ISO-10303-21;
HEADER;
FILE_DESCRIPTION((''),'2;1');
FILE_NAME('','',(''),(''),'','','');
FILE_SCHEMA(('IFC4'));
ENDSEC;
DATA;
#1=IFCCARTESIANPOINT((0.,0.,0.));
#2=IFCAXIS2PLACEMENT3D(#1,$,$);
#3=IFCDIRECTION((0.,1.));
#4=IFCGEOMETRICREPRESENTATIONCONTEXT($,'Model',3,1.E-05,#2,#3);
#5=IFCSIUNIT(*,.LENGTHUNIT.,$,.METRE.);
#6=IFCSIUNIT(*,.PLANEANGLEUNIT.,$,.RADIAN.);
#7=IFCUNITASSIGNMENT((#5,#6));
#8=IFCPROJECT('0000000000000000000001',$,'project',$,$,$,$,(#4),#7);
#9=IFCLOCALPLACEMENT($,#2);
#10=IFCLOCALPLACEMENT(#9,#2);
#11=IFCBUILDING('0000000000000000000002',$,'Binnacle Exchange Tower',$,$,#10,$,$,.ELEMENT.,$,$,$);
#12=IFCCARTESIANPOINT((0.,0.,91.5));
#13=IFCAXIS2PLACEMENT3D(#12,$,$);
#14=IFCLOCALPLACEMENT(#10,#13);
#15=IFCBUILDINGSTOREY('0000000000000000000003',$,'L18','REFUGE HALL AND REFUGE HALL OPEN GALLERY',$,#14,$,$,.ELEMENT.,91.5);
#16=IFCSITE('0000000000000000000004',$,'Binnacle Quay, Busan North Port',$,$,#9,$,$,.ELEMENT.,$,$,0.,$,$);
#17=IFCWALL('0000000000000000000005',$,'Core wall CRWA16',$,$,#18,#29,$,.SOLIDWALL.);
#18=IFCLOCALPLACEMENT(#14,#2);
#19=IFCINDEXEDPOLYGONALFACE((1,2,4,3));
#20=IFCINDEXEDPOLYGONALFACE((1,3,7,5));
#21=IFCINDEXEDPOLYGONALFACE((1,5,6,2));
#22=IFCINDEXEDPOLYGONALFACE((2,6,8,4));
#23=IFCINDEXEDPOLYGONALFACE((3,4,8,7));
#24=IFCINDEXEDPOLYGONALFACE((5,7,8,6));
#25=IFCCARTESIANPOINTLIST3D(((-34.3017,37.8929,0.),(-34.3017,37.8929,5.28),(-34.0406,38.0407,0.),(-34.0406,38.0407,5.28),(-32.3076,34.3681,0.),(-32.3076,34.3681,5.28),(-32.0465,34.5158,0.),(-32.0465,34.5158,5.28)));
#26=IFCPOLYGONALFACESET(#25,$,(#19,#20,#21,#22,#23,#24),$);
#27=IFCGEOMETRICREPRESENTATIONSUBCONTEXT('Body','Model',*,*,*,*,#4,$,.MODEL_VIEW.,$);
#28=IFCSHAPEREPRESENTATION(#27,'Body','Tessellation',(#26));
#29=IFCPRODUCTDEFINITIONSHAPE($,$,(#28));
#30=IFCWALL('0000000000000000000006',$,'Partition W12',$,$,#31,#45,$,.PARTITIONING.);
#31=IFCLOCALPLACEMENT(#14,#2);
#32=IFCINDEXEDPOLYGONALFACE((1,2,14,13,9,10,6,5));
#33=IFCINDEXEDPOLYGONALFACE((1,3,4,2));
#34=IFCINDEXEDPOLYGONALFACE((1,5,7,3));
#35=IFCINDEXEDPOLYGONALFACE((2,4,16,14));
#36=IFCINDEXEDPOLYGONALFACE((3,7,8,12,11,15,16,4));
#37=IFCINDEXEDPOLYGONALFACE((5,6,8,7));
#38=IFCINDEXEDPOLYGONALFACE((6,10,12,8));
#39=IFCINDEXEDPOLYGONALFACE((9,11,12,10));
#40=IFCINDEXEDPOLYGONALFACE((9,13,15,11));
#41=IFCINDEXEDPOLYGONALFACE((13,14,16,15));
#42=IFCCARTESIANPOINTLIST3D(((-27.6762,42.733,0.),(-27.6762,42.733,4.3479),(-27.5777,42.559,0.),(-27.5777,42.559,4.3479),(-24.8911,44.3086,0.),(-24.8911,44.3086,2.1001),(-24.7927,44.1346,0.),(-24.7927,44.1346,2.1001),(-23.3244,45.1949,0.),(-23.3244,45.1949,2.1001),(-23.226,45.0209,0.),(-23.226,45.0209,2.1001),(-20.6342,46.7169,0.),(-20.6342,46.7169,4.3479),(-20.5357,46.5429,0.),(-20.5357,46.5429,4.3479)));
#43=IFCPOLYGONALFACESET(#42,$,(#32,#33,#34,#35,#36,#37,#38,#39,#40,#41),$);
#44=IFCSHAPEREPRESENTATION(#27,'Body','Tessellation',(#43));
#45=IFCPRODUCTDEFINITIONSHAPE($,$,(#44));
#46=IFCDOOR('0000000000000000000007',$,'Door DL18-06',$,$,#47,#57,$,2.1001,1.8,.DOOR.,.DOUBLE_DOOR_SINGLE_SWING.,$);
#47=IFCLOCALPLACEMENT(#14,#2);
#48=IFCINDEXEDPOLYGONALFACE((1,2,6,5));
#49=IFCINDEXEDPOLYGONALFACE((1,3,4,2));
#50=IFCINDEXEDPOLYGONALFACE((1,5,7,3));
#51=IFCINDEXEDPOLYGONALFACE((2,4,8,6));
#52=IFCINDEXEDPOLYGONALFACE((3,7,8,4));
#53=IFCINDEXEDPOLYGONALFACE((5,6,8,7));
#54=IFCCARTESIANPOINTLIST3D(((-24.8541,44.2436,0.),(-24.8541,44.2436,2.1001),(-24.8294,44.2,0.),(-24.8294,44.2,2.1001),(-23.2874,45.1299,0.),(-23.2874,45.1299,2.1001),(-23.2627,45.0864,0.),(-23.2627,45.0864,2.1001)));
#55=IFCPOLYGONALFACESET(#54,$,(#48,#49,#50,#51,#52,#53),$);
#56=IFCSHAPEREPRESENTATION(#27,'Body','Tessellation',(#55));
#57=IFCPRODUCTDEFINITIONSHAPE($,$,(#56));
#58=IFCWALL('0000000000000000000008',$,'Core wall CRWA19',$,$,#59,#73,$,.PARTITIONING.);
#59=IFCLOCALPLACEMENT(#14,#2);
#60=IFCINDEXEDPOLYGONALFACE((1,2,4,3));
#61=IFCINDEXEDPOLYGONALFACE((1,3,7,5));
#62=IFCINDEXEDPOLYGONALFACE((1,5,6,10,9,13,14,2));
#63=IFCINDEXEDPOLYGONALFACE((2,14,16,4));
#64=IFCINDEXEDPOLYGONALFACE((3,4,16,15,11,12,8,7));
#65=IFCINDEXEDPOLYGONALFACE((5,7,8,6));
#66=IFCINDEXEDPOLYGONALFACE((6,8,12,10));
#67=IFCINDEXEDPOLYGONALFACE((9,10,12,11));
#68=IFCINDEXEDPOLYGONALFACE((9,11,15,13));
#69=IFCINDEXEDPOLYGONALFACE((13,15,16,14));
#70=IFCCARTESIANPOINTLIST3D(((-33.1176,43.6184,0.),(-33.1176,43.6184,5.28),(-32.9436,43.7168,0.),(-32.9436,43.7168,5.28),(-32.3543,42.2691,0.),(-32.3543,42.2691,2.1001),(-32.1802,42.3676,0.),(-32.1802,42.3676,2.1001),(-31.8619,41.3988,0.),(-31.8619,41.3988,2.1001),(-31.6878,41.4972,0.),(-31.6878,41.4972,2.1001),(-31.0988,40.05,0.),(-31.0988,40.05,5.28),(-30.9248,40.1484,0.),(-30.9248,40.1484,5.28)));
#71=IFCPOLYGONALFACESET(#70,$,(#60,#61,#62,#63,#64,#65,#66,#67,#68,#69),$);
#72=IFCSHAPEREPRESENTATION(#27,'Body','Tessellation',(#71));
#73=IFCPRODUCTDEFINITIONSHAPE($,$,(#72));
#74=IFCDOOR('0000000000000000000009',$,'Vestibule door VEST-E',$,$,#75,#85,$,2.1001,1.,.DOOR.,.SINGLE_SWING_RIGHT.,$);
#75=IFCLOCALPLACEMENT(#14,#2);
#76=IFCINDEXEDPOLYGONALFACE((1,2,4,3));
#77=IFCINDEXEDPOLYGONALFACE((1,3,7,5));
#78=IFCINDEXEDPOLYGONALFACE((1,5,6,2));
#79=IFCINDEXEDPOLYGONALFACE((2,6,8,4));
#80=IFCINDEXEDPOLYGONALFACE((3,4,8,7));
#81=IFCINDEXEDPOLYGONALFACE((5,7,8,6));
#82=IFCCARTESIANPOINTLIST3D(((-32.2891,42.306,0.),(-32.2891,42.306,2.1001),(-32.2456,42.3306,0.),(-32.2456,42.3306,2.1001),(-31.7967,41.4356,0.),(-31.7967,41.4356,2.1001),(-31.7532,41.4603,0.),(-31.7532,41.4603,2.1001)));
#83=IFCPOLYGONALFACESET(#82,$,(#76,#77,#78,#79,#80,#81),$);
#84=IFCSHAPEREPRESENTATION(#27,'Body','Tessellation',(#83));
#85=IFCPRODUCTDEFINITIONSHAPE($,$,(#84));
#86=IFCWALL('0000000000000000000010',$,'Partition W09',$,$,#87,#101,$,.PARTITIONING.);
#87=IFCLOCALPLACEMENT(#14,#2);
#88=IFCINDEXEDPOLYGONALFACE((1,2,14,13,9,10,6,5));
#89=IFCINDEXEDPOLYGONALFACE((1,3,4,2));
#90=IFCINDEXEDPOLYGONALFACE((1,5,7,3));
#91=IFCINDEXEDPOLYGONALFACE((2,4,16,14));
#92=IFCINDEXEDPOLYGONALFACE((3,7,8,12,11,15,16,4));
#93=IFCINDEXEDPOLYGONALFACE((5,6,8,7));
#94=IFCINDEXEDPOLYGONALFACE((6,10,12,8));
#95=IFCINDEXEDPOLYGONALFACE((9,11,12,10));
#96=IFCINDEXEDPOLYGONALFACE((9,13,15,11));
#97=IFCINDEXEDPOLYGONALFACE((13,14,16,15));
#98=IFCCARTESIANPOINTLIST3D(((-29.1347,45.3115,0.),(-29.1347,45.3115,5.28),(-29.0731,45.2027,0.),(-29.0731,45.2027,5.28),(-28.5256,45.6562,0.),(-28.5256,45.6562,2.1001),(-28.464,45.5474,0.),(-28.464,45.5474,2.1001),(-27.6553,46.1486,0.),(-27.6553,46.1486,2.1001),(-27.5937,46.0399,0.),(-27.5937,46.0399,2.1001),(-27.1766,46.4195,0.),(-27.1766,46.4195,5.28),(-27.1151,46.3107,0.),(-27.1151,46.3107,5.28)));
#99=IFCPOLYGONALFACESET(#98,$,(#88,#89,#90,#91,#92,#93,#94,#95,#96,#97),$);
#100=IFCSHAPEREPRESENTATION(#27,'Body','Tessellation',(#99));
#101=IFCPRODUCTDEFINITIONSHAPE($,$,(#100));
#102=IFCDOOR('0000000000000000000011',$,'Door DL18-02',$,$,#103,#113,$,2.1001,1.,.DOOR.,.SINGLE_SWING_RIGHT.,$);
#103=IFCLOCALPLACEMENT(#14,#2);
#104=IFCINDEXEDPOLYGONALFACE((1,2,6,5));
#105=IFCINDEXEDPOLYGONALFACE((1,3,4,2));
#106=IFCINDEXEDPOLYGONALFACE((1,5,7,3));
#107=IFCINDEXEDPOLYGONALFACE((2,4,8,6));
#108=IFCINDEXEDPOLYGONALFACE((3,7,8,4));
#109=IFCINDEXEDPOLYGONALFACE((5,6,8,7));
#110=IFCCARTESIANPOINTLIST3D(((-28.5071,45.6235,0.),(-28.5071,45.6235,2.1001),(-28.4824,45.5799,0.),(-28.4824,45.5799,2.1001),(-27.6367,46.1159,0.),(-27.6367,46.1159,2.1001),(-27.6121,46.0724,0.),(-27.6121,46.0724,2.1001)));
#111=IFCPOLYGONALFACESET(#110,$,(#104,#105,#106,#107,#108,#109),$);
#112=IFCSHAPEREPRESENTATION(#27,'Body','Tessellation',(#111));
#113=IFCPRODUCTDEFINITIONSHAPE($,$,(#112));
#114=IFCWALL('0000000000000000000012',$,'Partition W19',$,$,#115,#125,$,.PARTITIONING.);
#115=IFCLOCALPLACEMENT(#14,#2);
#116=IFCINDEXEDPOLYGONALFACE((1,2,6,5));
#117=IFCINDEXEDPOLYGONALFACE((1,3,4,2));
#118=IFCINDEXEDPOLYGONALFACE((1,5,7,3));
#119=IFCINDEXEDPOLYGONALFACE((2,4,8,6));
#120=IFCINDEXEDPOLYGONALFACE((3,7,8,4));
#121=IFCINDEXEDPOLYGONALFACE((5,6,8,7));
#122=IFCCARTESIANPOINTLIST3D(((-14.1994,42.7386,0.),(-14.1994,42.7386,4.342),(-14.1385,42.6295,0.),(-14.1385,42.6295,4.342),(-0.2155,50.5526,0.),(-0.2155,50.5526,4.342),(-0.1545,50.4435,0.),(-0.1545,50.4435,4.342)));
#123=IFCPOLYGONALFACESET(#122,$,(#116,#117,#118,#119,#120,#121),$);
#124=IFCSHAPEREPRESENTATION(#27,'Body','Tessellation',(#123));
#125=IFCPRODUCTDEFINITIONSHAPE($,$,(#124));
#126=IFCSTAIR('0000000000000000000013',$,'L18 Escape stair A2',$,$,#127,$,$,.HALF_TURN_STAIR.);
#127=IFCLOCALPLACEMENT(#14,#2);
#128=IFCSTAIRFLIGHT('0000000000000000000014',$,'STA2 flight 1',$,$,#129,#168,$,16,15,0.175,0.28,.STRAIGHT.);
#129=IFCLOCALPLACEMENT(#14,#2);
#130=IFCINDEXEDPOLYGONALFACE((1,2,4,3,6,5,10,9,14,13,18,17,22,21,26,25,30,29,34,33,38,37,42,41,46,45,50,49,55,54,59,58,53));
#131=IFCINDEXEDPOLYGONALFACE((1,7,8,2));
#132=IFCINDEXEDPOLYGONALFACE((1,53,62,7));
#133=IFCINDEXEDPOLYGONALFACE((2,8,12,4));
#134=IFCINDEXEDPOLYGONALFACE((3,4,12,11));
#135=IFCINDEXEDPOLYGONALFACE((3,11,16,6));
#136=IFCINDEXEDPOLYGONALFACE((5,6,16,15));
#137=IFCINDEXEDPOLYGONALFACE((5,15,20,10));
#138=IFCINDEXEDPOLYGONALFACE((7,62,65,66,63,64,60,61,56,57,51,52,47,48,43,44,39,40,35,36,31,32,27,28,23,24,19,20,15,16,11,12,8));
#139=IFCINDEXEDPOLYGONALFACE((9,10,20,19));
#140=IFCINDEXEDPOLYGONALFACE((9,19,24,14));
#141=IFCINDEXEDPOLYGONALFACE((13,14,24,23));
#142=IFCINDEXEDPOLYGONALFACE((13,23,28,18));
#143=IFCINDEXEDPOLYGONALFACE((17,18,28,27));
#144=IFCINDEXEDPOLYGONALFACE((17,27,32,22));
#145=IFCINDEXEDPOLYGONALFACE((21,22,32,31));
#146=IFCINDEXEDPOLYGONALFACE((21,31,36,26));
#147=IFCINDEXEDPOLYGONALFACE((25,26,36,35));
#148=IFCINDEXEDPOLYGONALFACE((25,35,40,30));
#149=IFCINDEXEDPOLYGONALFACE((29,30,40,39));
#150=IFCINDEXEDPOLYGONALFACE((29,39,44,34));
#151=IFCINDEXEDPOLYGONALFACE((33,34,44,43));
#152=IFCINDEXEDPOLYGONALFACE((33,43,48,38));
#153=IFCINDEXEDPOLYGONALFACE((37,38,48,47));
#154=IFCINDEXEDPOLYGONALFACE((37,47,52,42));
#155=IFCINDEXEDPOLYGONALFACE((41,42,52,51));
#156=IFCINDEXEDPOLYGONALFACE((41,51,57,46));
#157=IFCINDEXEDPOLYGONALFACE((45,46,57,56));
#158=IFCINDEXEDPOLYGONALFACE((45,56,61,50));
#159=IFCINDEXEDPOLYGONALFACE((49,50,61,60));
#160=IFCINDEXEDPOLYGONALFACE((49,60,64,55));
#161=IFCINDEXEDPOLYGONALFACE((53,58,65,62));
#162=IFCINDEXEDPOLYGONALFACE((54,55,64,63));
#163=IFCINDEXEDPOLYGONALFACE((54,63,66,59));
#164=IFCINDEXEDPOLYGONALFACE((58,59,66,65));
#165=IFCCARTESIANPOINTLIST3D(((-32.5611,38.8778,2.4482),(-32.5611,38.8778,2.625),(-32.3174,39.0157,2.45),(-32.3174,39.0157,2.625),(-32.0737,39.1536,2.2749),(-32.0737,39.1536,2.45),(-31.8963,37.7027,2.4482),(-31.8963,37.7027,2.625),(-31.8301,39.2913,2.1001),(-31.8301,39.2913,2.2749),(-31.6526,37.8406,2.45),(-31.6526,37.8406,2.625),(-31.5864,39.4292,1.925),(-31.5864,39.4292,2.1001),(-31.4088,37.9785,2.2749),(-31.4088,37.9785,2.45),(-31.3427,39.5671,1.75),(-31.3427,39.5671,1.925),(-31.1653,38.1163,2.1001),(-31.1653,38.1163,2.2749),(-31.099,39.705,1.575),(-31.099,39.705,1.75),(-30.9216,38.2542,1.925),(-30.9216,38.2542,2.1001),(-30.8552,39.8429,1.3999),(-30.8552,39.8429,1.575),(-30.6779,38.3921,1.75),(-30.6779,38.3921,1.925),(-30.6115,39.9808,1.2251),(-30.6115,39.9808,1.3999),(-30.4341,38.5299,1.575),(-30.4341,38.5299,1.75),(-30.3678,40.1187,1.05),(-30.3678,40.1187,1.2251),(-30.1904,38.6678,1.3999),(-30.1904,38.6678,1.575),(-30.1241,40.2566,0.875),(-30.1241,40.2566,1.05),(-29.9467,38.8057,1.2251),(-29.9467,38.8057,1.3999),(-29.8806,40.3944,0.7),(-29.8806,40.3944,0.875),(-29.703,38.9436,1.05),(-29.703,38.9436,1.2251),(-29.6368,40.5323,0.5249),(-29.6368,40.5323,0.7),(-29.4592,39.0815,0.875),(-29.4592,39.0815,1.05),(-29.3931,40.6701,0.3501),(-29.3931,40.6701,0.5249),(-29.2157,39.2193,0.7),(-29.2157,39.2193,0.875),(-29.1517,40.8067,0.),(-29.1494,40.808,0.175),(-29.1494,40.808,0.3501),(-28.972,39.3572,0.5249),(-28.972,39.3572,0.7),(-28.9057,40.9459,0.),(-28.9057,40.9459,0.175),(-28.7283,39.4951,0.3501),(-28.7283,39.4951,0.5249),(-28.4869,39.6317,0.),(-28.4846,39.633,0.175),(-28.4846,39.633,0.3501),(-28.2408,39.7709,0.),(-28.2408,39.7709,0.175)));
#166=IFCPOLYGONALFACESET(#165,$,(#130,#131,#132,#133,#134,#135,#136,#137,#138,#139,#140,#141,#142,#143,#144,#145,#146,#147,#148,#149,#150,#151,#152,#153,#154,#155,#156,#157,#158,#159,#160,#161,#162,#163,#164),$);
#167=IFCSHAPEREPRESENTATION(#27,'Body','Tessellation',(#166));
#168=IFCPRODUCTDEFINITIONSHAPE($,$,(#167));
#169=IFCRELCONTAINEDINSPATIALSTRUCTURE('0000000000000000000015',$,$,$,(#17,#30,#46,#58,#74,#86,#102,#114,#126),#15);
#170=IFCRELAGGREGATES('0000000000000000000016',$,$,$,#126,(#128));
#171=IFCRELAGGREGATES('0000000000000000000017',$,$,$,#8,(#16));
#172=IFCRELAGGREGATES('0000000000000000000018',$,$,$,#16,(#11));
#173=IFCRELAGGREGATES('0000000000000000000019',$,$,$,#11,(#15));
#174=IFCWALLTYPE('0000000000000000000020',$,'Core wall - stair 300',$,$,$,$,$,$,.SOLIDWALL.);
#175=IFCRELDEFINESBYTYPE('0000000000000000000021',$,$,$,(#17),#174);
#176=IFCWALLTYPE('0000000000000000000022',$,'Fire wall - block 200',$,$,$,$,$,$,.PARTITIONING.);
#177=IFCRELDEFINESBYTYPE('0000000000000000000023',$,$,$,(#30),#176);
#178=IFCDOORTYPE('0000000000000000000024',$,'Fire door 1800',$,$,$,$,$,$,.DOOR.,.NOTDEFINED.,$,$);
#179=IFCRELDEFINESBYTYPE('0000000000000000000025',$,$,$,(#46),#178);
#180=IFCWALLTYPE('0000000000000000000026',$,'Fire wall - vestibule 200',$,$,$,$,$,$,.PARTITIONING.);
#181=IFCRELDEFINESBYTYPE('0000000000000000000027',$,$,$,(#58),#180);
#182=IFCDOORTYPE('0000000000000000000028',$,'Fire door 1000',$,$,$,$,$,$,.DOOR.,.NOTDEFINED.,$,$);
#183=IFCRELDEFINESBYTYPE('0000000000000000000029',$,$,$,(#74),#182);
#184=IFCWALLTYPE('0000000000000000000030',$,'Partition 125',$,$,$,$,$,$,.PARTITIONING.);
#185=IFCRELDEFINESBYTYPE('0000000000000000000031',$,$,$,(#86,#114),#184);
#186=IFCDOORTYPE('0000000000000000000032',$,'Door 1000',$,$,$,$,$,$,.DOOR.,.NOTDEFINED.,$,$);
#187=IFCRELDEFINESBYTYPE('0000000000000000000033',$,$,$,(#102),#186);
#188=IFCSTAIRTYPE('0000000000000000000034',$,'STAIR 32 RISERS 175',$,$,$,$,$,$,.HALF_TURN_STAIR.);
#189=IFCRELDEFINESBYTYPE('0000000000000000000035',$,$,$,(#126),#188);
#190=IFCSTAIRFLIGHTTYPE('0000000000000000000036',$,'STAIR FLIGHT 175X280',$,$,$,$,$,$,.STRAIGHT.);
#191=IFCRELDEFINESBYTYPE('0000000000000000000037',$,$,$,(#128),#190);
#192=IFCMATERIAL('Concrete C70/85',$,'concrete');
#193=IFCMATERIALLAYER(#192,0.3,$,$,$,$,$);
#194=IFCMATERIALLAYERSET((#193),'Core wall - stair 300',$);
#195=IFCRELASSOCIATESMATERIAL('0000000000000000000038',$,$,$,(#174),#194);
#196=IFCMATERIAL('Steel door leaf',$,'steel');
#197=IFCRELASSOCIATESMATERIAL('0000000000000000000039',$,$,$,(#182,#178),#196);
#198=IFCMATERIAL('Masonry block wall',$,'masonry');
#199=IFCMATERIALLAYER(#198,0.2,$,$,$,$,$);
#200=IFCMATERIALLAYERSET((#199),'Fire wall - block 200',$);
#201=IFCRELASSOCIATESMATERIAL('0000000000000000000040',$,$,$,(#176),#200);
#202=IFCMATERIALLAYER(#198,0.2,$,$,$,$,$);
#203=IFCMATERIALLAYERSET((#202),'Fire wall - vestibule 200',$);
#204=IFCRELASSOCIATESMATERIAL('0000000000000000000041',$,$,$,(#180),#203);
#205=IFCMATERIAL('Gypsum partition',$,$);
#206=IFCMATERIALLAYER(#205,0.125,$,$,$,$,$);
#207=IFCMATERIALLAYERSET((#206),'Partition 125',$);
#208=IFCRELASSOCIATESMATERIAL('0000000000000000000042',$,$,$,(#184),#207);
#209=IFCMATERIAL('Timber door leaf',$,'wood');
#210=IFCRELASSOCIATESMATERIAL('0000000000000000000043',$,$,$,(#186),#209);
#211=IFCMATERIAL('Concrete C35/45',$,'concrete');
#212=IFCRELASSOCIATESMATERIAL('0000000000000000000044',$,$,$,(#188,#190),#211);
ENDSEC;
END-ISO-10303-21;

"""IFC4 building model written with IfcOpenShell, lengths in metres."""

from ifc_helpers import new_model, si_unit, direction, frame, frame_2d, origin, place, context, subcontext, project, spatial, polyline, rectangle, outline, extrude, material, layer, layer_set, type_object, element, fill, aggregate, save


model = new_model("IFC4")

# Units and contexts
model_context = context("Model", 3, precision=1e-05, world=origin(), true_north=direction((0.0, 1.0)))
body_context = subcontext(model_context, "Body", "Model", "MODEL_VIEW")
ifc_project = project(units=[si_unit("LENGTHUNIT", "METRE"), si_unit("PLANEANGLEUNIT", "RADIAN")], contexts=[model_context])

# Site, building, storey
site_placement = place(None, origin())
site = spatial("IfcSite", under=ifc_project, at=site_placement, Name="Binnacle Quay, Busan North Port", CompositionType="ELEMENT", RefElevation=0.0)
building_placement = place(site_placement, origin())
building = spatial("IfcBuilding", under=site, at=building_placement, Name="Binnacle Exchange Tower", CompositionType="ELEMENT")
storey_placement = place(building_placement, frame((0.0, 0.0, 91.5)))
storey = spatial("IfcBuildingStorey", under=building, at=storey_placement, Name="L18", Description="REFUGE HALL AND REFUGE HALL OPEN GALLERY", CompositionType="ELEMENT", Elevation=91.5)

# Shared definitions
ifc_material_1 = material(Name="Concrete C70/85", Category="concrete")

# Shared definitions
ifc_material_2 = material(Name="Steel door leaf", Category="steel")

# Shared definitions
ifc_layer_1 = layer(ifc_material_1, 0.3)
ifc_layer_set_1 = layer_set([ifc_layer_1], Name="Core wall - stair 300")
wall_type_1 = type_object("IfcWallType", Name="Core wall - stair 300", PredefinedType="SOLIDWALL", material=ifc_layer_set_1)
door_type_1 = type_object("IfcDoorType", Name="Fire door 1000", OperationType="NOTDEFINED", PredefinedType="DOOR", material=ifc_material_2)

# Wall
wall_1_placement = place(storey_placement, frame((-34.1711, 37.9668, 0.0), z_axis=(0.0, 0.0, 1.0), x_axis=(0.492395, -0.870372, 0.0)))
element("IfcWall", 1, at=wall_1_placement, inside=storey, type_object=wall_type_1, Name="Core wall CRWA16", PredefinedType="SOLIDWALL", context=body_context, shape_type="SweptSolid", body=[
    extrude(rectangle(XDim=4.0498, YDim=0.3, at=frame_2d((2.0249, 0.0))), origin(), (0.0, 0.0, 1.0), 5.28),
])

# Walls, openings, doors
ifc_material_3 = material(Name="Masonry block wall", Category="masonry")
ifc_layer_2 = layer(ifc_material_3, 0.2)
ifc_layer_set_2 = layer_set([ifc_layer_2], Name="Fire wall - block 200")
wall_type_2 = type_object("IfcWallType", Name="Fire wall - block 200", PredefinedType="PARTITIONING", material=ifc_layer_set_2)
wall_2_placement = place(storey_placement, frame((-27.627, 42.646, 0.0), z_axis=(0.0, 0.0, 1.0), x_axis=(0.870371, 0.492397, 0.0)))
wall_2 = element("IfcWall", 2, at=wall_2_placement, inside=storey, type_object=wall_type_2, Name="Partition W12", PredefinedType="PARTITIONING", context=body_context, shape_type="SweptSolid", body=[
    extrude(rectangle(XDim=8.0908, YDim=0.2, at=frame_2d((4.0454, 0.0))), origin(), (0.0, 0.0, 1.0), 4.3479),
])
opening_1_placement = place(wall_2_placement, frame((3.2, 0.0, 0.0)))
opening_1 = element("IfcOpeningElement", 3, at=opening_1_placement, cuts=wall_2, PredefinedType="OPENING", context=body_context, shape_type="SweptSolid", body=[
    extrude(rectangle(XDim=1.8, YDim=2.1001, at=frame_2d((0.8999, 1.05))), frame((0.0, 0.1099, 0.0), z_axis=(0.0, -1.0, 0.0), x_axis=(1.0, 0.0, 0.0)), (0.0, 0.0, 1.0), 0.22),
])
door_type_2 = type_object("IfcDoorType", Name="Fire door 1800", OperationType="NOTDEFINED", PredefinedType="DOOR", material=ifc_material_2)
door_1_placement = place(opening_1_placement, frame((1.8, 0.0, 0.0), z_axis=(0.0, 0.0, 1.0), x_axis=(-1.0, 0.0, 0.0)))
door_1 = element("IfcDoor", 4, at=door_1_placement, inside=storey, type_object=door_type_2, Name="Door DL18-06", OperationType="DOUBLE_DOOR_SINGLE_SWING", OverallHeight=2.1001, OverallWidth=1.8, PredefinedType="DOOR", context=body_context, shape_type="SweptSolid", body=[
    extrude(rectangle(XDim=1.8, YDim=2.1001, at=frame_2d((0.8999, 1.05))), frame((0.0, 0.0249, 0.0), z_axis=(0.0, -1.0, 0.0), x_axis=(1.0, 0.0, 0.0)), (0.0, 0.0, 1.0), 0.05),
])
fill(opening_1, door_1)
ifc_layer_3 = layer(ifc_material_3, 0.2)
ifc_layer_set_3 = layer_set([ifc_layer_3], Name="Fire wall - vestibule 200")
wall_type_3 = type_object("IfcWallType", Name="Fire wall - vestibule 200", PredefinedType="PARTITIONING", material=ifc_layer_set_3)
wall_3_placement = place(storey_placement, frame((-33.0305, 43.6675, 0.0), z_axis=(0.0, 0.0, 1.0), x_axis=(0.492408, -0.870364, 0.0)))
wall_3 = element("IfcWall", 5, at=wall_3_placement, inside=storey, type_object=wall_type_3, Name="Core wall CRWA19", PredefinedType="PARTITIONING", context=body_context, shape_type="SweptSolid", body=[
    extrude(rectangle(XDim=4.0999, YDim=0.2, at=frame_2d((2.0498, 0.0))), origin(), (0.0, 0.0, 1.0), 5.28),
])
opening_2_placement = place(wall_3_placement, frame((1.55, 0.0, 0.0)))
opening_2 = element("IfcOpeningElement", 6, at=opening_2_placement, cuts=wall_3, PredefinedType="OPENING", context=body_context, shape_type="SweptSolid", body=[
    extrude(rectangle(XDim=1.0, YDim=2.1001, at=frame_2d((0.5, 1.05))), frame((0.0, 0.1099, 0.0), z_axis=(0.0, -1.0, 0.0), x_axis=(1.0, 0.0, 0.0)), (0.0, 0.0, 1.0), 0.22),
])
door_2_placement = place(opening_2_placement, origin())
door_2 = element("IfcDoor", 7, at=door_2_placement, inside=storey, type_object=door_type_1, Name="Vestibule door VEST-E", OperationType="SINGLE_SWING_RIGHT", OverallHeight=2.1001, OverallWidth=1.0, PredefinedType="DOOR", context=body_context, shape_type="SweptSolid", body=[
    extrude(rectangle(XDim=1.0, YDim=2.1001, at=frame_2d((0.5, 1.05))), frame((0.0, 0.0249, 0.0), z_axis=(0.0, -1.0, 0.0), x_axis=(1.0, 0.0, 0.0)), (0.0, 0.0, 1.0), 0.05),
])
fill(opening_2, door_2)
ifc_material_4 = material(Name="Gypsum partition")
ifc_layer_4 = layer(ifc_material_4, 0.125)
ifc_layer_set_4 = layer_set([ifc_layer_4], Name="Partition 125")
wall_type_4 = type_object("IfcWallType", Name="Partition 125", PredefinedType="PARTITIONING", material=ifc_layer_set_4)
wall_4_placement = place(storey_placement, frame((-29.104, 45.2571, 0.0), z_axis=(0.0, 0.0, 1.0), x_axis=(0.870332, 0.492465, 0.0)))
wall_4 = element("IfcWall", 8, at=wall_4_placement, inside=storey, type_object=wall_type_4, Name="Partition W09", PredefinedType="PARTITIONING", context=body_context, shape_type="SweptSolid", body=[
    extrude(rectangle(XDim=2.2498, YDim=0.125, at=frame_2d((1.125, 0.0))), origin(), (0.0, 0.0, 1.0), 5.28),
])
opening_3_placement = place(wall_4_placement, frame((0.7, 0.0, 0.0)))
opening_3 = element("IfcOpeningElement", 9, at=opening_3_placement, cuts=wall_4, PredefinedType="OPENING", context=body_context, shape_type="SweptSolid", body=[
    extrude(rectangle(XDim=1.0, YDim=2.1001, at=frame_2d((0.5, 1.05))), frame((0.0, 0.0725, 0.0), z_axis=(0.0, -1.0, 0.0), x_axis=(1.0, 0.0, 0.0)), (0.0, 0.0, 1.0), 0.145),
])
ifc_material_5 = material(Name="Timber door leaf", Category="wood")
door_type_3 = type_object("IfcDoorType", Name="Door 1000", OperationType="NOTDEFINED", PredefinedType="DOOR", material=ifc_material_5)
door_3_placement = place(opening_3_placement, origin())
door_3 = element("IfcDoor", 10, at=door_3_placement, inside=storey, type_object=door_type_3, Name="Door DL18-02", OperationType="SINGLE_SWING_RIGHT", OverallHeight=2.1001, OverallWidth=1.0, PredefinedType="DOOR", context=body_context, shape_type="SweptSolid", body=[
    extrude(rectangle(XDim=1.0, YDim=2.1001, at=frame_2d((0.5, 1.05))), frame((0.0, 0.0249, 0.0), z_axis=(0.0, -1.0, 0.0), x_axis=(1.0, 0.0, 0.0)), (0.0, 0.0, 1.0), 0.05),
])
fill(opening_3, door_3)

# Wall
wall_5_placement = place(storey_placement, frame((-14.1689, 42.6841, 0.0), z_axis=(0.0, 0.0, 1.0), x_axis=(0.872958, 0.487795, 0.0)))
element("IfcWall", 11, at=wall_5_placement, inside=storey, type_object=wall_type_4, Name="Partition W19", PredefinedType="PARTITIONING", context=body_context, shape_type="SweptSolid", body=[
    extrude(rectangle(XDim=16.019, YDim=0.125, at=frame_2d((8.0095, 0.0))), origin(), (0.0, 0.0, 1.0), 4.342),
])

# Stair, stair flight
ifc_material_6 = material(Name="Concrete C35/45", Category="concrete")
stair_type = type_object("IfcStairType", Name="STAIR 32 RISERS 175", PredefinedType="HALF_TURN_STAIR", material=ifc_material_6)
stair_placement = place(storey_placement, origin())
stair = element("IfcStair", 12, at=stair_placement, inside=storey, type_object=stair_type, Name="L18 Escape stair A2", PredefinedType="HALF_TURN_STAIR")
stair_flight_type = type_object("IfcStairFlightType", Name="STAIR FLIGHT 175X280", PredefinedType="STRAIGHT", material=ifc_material_6)
stair_flight_placement = place(storey_placement, frame((-28.5732, 40.3584, 0.0), z_axis=(0.0, 0.0, 1.0), x_axis=(-0.870356, -0.492424, 0.0)))
stair_flight = element("IfcStairFlight", 13, at=stair_flight_placement, type_object=stair_flight_type, Name="STA2 flight 1", NumberOfRisers=16, NumberOfTreads=15, PredefinedType="STRAIGHT", RiserHeight=0.175, TreadLength=0.28, context=body_context, shape_type="SweptSolid", body=[
    extrude(outline(polyline([(0.0, 0.0), (0.0, 0.175), (0.28, 0.175), (0.28, 0.3501), (0.5601, 0.3501), (0.5601, 0.5249), (0.8401, 0.5249), (0.8401, 0.7), (1.1201, 0.7), (1.1201, 0.875), (1.3999, 0.875), (1.3999, 1.05), (1.6799, 1.05), (1.6799, 1.2251), (1.96, 1.2251), (1.96, 1.3999), (2.24, 1.3999), (2.24, 1.575), (2.52, 1.575), (2.52, 1.75), (2.8, 1.75), (2.8, 1.925), (3.0801, 1.925), (3.0801, 2.1001), (3.3601, 2.1001), (3.3601, 2.2749), (3.6399, 2.2749), (3.6399, 2.45), (3.9199, 2.45), (3.9199, 2.625), (4.2, 2.625), (4.2, 2.8), (4.2, 2.4482), (0.2827, 0.0), (0.0, 0.0)])), frame((0.0, 0.675, 0.0), z_axis=(0.0, -1.0, 0.0), x_axis=(1.0, 0.0, 0.0)), (0.0, 0.0, 1.0), 1.3501),
])
aggregate(stair, [stair_flight])

save(model, "model.ifc")
